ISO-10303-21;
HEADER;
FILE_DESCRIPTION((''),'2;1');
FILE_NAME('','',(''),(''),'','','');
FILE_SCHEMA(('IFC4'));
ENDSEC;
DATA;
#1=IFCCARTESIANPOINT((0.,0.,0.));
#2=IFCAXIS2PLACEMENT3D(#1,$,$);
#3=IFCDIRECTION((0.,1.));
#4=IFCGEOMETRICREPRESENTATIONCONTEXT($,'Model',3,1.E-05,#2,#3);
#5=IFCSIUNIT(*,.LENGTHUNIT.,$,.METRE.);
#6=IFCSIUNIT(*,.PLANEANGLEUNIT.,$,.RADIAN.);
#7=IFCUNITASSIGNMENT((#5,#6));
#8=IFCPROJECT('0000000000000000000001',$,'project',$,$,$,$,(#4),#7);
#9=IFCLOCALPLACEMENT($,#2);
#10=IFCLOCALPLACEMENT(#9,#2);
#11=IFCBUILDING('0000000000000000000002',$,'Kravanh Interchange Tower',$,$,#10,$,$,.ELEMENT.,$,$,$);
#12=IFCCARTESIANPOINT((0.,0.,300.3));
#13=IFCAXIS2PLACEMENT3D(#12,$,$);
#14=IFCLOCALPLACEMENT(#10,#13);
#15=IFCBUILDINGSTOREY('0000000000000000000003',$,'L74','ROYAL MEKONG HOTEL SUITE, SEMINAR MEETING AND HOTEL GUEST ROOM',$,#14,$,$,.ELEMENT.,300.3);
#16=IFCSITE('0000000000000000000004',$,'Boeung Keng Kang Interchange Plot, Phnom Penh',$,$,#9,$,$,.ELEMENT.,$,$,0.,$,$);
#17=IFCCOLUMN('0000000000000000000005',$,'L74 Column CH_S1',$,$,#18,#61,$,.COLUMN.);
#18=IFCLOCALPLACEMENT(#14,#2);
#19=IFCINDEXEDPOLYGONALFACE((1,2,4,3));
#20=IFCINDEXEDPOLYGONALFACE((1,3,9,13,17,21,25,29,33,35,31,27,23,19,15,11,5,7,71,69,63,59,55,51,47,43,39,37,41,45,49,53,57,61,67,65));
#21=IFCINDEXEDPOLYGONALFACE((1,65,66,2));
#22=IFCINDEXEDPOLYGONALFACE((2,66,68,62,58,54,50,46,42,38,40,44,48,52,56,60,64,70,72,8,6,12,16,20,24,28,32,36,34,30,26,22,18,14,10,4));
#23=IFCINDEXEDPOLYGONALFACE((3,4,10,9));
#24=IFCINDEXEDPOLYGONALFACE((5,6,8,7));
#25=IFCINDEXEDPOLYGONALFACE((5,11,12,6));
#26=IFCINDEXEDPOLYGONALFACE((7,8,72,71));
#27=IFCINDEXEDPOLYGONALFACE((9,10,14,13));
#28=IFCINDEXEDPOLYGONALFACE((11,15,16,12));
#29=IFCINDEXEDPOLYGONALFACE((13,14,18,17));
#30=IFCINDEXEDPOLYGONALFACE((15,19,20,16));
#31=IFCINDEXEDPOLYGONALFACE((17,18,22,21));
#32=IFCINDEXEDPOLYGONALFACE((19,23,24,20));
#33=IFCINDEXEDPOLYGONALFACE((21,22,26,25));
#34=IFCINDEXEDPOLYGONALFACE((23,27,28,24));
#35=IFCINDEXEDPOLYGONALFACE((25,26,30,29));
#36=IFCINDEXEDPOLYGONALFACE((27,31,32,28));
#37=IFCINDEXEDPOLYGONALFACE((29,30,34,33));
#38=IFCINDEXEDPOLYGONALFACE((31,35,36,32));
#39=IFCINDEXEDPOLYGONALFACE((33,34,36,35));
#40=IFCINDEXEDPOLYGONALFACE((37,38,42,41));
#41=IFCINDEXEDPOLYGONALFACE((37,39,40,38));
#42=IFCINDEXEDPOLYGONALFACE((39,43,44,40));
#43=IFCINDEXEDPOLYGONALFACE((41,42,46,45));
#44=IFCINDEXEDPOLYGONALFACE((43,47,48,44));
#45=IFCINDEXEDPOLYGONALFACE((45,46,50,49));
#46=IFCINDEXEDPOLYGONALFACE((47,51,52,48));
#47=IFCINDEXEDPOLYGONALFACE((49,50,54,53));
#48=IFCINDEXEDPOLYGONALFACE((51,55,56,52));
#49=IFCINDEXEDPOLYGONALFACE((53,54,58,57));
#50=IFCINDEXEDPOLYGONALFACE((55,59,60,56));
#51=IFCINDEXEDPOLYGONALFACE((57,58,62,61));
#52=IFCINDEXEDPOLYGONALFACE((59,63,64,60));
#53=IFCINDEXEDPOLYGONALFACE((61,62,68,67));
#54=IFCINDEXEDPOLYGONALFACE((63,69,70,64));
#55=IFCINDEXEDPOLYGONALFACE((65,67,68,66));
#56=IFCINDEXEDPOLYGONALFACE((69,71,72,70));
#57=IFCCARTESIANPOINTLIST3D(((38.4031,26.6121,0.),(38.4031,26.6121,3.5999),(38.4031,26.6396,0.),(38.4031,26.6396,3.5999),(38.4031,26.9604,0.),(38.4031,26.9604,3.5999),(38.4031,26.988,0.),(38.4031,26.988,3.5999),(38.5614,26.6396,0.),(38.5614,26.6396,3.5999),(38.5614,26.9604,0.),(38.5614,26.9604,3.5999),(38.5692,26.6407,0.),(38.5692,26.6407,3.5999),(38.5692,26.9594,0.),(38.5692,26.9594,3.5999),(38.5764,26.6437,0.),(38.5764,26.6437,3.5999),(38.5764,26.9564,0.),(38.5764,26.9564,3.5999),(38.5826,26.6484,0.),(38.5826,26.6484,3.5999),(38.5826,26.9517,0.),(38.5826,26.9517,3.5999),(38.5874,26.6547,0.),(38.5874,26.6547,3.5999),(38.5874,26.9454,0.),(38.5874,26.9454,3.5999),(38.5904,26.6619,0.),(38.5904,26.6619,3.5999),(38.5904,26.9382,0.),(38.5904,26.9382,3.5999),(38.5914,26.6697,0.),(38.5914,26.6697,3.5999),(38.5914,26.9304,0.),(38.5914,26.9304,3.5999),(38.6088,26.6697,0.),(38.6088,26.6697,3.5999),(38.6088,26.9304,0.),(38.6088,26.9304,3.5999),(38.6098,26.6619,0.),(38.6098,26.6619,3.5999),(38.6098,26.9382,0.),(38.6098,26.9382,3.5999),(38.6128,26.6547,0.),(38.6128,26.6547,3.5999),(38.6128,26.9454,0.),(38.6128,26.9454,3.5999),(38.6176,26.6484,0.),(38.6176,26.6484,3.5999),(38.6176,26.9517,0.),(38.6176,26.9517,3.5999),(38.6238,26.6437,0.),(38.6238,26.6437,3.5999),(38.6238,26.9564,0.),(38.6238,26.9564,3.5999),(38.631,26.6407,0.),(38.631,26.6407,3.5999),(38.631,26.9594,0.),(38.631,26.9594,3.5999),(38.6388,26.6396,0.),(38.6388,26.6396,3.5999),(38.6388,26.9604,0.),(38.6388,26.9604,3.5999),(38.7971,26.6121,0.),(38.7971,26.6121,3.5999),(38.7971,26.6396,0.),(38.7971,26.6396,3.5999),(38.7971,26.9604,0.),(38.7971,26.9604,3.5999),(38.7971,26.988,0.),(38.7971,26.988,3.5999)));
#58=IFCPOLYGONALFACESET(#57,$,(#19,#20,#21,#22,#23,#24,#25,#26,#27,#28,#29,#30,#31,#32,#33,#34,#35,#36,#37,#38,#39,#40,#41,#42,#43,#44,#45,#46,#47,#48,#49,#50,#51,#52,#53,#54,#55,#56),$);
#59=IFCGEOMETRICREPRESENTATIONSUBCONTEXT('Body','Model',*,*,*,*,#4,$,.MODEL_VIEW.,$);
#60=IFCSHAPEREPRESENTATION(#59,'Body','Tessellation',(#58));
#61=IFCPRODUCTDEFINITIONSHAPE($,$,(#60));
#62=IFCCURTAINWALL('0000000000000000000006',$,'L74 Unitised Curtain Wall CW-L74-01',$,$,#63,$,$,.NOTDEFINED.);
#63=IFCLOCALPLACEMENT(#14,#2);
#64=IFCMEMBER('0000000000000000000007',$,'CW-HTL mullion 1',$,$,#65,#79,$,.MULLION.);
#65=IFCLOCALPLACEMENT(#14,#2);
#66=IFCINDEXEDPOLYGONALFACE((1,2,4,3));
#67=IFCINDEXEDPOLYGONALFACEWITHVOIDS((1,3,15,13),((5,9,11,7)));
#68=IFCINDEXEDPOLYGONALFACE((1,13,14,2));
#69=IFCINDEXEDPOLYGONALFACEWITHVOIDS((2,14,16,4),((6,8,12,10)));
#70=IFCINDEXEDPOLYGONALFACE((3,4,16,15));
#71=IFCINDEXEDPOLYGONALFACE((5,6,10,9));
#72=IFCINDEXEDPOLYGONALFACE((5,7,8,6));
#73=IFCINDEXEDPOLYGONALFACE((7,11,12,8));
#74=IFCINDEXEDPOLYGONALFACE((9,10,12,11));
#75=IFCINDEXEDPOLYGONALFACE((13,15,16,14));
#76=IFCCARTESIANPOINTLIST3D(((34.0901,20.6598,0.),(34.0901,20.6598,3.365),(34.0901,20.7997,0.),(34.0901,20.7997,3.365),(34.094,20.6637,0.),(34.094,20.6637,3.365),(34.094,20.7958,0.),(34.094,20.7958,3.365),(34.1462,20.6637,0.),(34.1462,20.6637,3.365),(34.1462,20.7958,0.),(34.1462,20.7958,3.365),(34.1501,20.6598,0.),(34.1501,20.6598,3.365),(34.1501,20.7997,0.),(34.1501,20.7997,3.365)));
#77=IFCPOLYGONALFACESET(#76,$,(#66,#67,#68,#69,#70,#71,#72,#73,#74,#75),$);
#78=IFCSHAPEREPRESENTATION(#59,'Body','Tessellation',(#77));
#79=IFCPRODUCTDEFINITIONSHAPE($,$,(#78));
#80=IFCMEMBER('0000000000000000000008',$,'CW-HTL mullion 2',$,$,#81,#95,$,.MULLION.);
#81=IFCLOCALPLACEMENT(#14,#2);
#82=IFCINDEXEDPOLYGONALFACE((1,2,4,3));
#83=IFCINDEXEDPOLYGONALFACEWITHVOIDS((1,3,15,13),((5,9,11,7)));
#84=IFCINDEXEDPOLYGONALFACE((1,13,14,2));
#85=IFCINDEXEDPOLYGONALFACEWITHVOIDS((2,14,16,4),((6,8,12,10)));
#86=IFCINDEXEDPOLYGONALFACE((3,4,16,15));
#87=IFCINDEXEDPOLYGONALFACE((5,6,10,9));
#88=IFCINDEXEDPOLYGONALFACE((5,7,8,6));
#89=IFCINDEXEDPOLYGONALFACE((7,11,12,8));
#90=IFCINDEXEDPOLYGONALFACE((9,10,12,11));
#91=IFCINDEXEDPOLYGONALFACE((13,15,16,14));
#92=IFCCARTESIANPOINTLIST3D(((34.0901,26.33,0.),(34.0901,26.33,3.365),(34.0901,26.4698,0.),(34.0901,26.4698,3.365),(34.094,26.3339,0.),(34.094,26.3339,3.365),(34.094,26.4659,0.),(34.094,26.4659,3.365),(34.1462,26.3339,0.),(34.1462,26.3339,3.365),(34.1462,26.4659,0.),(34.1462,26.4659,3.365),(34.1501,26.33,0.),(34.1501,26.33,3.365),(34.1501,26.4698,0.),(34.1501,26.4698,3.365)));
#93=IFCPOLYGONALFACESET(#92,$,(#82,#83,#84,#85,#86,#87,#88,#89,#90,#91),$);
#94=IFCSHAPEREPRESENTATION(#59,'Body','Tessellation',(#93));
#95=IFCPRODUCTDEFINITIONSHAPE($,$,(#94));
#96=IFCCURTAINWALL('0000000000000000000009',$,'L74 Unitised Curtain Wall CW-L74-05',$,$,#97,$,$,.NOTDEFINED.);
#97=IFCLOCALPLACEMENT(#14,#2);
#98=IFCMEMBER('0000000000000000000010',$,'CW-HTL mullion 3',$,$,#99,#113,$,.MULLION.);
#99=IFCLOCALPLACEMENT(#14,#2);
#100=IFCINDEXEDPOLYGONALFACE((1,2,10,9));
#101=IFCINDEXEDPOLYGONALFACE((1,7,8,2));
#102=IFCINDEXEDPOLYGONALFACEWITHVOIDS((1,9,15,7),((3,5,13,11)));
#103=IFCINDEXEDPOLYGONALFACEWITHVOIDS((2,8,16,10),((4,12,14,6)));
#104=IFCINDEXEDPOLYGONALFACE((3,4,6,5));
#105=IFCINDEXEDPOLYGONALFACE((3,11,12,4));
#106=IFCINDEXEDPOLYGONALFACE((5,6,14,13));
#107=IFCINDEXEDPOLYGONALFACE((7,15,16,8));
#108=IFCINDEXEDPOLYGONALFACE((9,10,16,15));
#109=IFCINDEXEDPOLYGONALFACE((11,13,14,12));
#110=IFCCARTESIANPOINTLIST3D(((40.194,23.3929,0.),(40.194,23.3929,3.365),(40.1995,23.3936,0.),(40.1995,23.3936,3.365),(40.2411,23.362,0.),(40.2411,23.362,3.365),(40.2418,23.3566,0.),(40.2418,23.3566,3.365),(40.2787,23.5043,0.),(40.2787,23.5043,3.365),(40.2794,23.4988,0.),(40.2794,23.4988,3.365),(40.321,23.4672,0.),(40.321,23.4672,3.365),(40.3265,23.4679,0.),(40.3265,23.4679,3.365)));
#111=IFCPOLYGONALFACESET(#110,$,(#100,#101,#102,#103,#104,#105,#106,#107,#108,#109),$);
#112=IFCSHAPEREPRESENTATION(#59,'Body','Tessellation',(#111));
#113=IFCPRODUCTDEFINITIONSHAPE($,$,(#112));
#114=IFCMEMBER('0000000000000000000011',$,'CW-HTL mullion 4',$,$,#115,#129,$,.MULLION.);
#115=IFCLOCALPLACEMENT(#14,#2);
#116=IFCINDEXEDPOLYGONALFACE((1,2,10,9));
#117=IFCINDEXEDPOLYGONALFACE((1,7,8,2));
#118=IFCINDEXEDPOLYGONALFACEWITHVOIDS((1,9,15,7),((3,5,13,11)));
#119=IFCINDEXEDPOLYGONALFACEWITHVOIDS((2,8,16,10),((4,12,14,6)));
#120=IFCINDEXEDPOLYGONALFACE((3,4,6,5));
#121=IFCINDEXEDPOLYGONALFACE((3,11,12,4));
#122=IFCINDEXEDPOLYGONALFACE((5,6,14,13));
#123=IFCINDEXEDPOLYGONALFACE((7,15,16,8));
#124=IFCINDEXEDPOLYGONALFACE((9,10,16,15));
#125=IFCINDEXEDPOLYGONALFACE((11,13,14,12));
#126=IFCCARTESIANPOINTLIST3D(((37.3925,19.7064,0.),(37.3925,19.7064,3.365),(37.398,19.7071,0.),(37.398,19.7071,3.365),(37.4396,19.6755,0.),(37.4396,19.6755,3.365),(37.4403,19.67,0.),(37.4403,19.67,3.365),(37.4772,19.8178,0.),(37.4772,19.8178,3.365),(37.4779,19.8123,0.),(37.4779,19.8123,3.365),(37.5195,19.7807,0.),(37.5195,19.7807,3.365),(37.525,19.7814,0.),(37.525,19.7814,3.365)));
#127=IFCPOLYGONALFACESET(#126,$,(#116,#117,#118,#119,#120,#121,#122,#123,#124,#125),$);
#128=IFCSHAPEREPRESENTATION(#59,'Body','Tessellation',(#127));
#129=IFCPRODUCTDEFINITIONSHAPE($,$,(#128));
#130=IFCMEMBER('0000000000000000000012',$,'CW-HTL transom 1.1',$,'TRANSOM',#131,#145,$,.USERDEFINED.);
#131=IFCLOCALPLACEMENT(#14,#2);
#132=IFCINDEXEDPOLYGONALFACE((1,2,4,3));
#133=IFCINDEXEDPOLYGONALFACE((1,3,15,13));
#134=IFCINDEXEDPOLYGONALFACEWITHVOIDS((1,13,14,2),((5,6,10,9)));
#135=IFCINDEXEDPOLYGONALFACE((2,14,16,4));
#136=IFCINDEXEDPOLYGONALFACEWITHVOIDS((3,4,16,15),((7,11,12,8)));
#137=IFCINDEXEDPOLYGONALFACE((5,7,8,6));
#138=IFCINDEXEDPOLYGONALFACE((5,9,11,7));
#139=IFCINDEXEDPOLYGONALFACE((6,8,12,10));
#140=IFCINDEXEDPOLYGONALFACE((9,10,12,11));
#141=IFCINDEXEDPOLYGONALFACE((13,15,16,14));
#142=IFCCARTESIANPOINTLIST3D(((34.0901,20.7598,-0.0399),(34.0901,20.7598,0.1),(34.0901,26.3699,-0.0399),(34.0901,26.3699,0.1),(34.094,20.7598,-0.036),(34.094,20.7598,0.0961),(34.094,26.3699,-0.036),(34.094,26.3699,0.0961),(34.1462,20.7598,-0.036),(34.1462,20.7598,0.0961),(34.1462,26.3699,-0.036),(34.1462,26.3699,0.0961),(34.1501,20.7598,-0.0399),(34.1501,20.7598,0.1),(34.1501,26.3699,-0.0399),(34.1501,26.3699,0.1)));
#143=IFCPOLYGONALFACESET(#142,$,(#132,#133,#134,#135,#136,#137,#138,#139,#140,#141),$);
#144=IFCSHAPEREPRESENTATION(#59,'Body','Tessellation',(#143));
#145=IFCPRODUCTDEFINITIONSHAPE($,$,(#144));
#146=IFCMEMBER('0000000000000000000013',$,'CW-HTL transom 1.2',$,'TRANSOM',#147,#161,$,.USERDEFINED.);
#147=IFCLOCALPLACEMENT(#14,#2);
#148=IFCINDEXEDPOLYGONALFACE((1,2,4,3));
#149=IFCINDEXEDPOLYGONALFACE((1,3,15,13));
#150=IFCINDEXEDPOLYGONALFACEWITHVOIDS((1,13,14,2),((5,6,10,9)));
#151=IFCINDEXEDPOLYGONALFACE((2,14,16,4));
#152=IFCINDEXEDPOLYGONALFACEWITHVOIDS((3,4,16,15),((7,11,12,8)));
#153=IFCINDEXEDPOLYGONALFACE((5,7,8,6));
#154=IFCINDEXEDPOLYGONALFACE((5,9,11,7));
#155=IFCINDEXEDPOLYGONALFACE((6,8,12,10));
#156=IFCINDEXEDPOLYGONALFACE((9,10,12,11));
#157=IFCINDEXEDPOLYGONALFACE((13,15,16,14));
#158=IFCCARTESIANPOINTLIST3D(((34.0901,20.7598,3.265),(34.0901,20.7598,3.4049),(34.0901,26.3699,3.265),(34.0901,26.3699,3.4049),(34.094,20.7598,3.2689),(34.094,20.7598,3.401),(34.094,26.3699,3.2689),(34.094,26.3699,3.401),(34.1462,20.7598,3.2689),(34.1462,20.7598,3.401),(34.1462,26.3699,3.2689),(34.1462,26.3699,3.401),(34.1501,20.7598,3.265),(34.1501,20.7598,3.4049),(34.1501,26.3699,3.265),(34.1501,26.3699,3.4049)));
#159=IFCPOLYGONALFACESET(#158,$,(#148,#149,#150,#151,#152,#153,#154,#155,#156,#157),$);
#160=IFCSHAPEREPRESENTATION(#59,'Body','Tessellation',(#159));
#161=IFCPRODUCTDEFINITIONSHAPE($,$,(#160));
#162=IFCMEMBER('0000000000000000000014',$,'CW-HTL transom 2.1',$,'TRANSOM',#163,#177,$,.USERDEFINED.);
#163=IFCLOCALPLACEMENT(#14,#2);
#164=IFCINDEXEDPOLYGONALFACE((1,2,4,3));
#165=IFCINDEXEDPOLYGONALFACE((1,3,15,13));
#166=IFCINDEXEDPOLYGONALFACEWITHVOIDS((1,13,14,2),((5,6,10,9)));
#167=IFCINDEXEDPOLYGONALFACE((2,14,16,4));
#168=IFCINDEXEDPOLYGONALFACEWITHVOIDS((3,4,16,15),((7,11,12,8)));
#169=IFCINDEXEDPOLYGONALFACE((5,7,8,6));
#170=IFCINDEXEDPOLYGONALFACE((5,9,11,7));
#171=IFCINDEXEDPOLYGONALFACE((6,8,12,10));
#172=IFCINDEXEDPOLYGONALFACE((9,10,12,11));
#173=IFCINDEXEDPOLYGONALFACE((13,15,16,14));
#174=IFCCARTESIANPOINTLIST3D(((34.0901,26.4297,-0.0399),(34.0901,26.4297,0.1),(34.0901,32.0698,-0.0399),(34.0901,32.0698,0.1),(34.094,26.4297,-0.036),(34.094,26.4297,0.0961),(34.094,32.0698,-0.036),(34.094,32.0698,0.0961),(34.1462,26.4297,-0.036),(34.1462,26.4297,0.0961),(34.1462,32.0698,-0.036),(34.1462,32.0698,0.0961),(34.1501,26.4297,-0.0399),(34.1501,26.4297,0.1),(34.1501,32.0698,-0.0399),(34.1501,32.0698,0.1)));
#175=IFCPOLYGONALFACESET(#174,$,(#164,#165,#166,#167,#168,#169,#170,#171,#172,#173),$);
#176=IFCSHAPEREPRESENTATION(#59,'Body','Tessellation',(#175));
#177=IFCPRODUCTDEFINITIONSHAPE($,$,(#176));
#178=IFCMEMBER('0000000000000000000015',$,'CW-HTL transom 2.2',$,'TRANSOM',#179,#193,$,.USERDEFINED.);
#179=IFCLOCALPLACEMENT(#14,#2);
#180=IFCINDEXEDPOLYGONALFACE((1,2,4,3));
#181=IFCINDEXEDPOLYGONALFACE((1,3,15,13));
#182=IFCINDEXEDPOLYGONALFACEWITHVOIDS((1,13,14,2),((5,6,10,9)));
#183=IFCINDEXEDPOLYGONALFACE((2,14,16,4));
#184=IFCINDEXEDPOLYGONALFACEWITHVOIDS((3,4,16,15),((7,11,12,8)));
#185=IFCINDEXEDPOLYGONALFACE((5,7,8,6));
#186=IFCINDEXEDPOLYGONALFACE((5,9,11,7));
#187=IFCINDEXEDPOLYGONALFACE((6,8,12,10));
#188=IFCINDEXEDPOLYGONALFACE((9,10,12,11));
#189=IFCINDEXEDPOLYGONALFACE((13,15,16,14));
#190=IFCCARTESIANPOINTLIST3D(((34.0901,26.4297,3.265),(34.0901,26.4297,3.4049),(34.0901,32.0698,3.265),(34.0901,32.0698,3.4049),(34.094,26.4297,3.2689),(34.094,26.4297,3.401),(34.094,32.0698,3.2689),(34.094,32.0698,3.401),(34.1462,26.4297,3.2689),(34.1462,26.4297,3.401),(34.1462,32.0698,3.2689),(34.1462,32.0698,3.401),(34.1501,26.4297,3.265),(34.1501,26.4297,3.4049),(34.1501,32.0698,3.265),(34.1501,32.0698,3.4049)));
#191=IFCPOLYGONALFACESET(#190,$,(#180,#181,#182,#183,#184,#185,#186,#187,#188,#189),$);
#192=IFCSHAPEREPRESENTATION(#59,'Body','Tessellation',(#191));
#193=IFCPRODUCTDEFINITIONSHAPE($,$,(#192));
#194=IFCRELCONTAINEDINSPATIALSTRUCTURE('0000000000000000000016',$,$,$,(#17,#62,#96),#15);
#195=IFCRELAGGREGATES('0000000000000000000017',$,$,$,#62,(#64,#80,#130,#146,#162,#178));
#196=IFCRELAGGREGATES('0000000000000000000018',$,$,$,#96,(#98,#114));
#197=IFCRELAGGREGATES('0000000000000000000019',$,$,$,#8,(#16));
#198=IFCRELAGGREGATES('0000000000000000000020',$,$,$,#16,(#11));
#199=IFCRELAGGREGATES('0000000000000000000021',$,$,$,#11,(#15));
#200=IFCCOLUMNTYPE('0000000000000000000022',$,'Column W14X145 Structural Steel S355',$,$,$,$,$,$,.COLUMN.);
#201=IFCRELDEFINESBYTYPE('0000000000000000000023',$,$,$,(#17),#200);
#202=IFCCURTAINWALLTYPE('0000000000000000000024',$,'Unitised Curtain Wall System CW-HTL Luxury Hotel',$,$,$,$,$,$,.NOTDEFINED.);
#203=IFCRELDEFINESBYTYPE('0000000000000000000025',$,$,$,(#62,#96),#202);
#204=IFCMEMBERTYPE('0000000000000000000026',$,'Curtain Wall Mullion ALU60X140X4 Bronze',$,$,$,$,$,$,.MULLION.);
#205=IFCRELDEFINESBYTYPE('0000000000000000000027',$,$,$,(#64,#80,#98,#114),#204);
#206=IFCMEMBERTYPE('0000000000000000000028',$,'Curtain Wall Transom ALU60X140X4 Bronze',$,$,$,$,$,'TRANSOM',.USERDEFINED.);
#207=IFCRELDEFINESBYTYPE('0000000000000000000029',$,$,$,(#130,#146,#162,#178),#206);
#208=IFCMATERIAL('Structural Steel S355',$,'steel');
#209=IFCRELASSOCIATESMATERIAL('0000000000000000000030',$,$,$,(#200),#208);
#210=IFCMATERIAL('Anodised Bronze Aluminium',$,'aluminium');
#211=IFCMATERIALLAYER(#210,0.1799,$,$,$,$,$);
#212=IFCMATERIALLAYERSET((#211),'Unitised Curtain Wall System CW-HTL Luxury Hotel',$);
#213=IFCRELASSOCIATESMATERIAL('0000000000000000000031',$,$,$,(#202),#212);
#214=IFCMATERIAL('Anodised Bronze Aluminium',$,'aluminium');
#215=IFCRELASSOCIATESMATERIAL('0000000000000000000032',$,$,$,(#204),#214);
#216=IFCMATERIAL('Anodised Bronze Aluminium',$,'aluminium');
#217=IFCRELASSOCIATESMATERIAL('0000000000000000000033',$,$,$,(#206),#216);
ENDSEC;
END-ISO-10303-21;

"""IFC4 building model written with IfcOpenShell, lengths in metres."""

from ifc_helpers import new_model, si_unit, direction, frame, origin, origin_2d, place, context, subcontext, project, spatial, hollow_rectangle, i_section, extrude, material, layer, layer_set, material_profile, profile_set, type_object, element, aggregate, save


model = new_model("IFC4")

# Units and contexts
model_context = context("Model", 3, precision=1e-05, world=origin(), true_north=direction((0.0, 1.0)))
body_context = subcontext(model_context, "Body", "Model", "MODEL_VIEW")
ifc_project = project(units=[si_unit("LENGTHUNIT", "METRE"), si_unit("PLANEANGLEUNIT", "RADIAN")], contexts=[model_context])

# Site, building, storey
site_placement = place(None, origin())
site = spatial("IfcSite", under=ifc_project, at=site_placement, Name="Boeung Keng Kang Interchange Plot, Phnom Penh", CompositionType="ELEMENT", RefElevation=0.0)
building_placement = place(site_placement, origin())
building = spatial("IfcBuilding", under=site, at=building_placement, Name="Kravanh Interchange Tower", CompositionType="ELEMENT")
storey_placement = place(building_placement, frame((0.0, 0.0, 300.3)))
storey = spatial("IfcBuildingStorey", under=building, at=storey_placement, Name="L74", Description="ROYAL MEKONG HOTEL SUITE, SEMINAR MEETING AND HOTEL GUEST ROOM", CompositionType="ELEMENT", Elevation=300.3)

# Column
ifc_material_1 = material(Name="Structural Steel S355", Category="steel")
ifc_material_profile_1 = material_profile(ifc_material_1, i_section(OverallWidth=0.394, OverallDepth=0.376, WebThickness=0.0173, FlangeThickness=0.0276, FilletRadius=0.03, at=origin_2d()), Name="W14X145")
ifc_profile_set_1 = profile_set([ifc_material_profile_1], Name="Structural Steel S355")
column_type = type_object("IfcColumnType", Name="Column W14X145 Structural Steel S355", PredefinedType="COLUMN", material=ifc_profile_set_1)
column_placement = place(storey_placement, frame((38.6001, 26.8, 0.0), z_axis=(0.0, 0.0, 1.0), x_axis=(1.0, 0.0, 0.0)))
element("IfcColumn", 1, at=column_placement, inside=storey, type_object=column_type, Name="L74 Column CH_S1", PredefinedType="COLUMN", context=body_context, shape_type="SweptSolid", body=[
    extrude(i_section(OverallWidth=0.394, OverallDepth=0.376, WebThickness=0.0173, FlangeThickness=0.0276, FilletRadius=0.03, at=origin_2d()), origin(), (0.0, 0.0, 1.0), 3.5999),
])

# Curtain walls, members
ifc_material_2 = material(Name="Anodised Bronze Aluminium", Category="aluminium")
ifc_layer_1 = layer(ifc_material_2, 0.1799)
ifc_layer_set_1 = layer_set([ifc_layer_1], Name="Unitised Curtain Wall System CW-HTL Luxury Hotel")
curtain_wall_type = type_object("IfcCurtainWallType", Name="Unitised Curtain Wall System CW-HTL Luxury Hotel", PredefinedType="NOTDEFINED", material=ifc_layer_set_1)
curtain_wall_1_placement = place(storey_placement, origin())
curtain_wall_1 = element("IfcCurtainWall", 2, at=curtain_wall_1_placement, inside=storey, type_object=curtain_wall_type, Name="L74 Unitised Curtain Wall CW-L74-01", PredefinedType="NOTDEFINED")
ifc_material_3 = material(Name="Anodised Bronze Aluminium", Category="aluminium")
ifc_material_profile_2 = material_profile(ifc_material_3, hollow_rectangle(XDim=0.0601, YDim=0.1399, WallThickness=0.0039, at=origin_2d()), Name="ALU60X140X4")
ifc_profile_set_2 = profile_set([ifc_material_profile_2], Name="Anodised Bronze Aluminium")
member_type_1 = type_object("IfcMemberType", Name="Curtain Wall Mullion ALU60X140X4 Bronze", PredefinedType="MULLION", material=ifc_profile_set_2)
member_1_placement = place(storey_placement, frame((34.1201, 20.7297, 0.0), z_axis=(0.0, 0.0, 1.0), x_axis=(-1.0, 0.0, 0.0)))
member_1 = element("IfcMember", 3, at=member_1_placement, type_object=member_type_1, Name="CW-HTL mullion 1", PredefinedType="MULLION", context=body_context, shape_type="SweptSolid", body=[
    extrude(hollow_rectangle(XDim=0.0601, YDim=0.1399, WallThickness=0.0039, at=origin_2d()), origin(), (0.0, 0.0, 1.0), 3.365),
])
member_2_placement = place(storey_placement, frame((34.1201, 26.3999, 0.0), z_axis=(0.0, 0.0, 1.0), x_axis=(-1.0, 0.0, 0.0)))
member_2 = element("IfcMember", 4, at=member_2_placement, type_object=member_type_1, Name="CW-HTL mullion 2", PredefinedType="MULLION", context=body_context, shape_type="SweptSolid", body=[
    extrude(hollow_rectangle(XDim=0.0601, YDim=0.1399, WallThickness=0.0039, at=origin_2d()), origin(), (0.0, 0.0, 1.0), 3.365),
])
curtain_wall_2_placement = place(storey_placement, origin())
curtain_wall_2 = element("IfcCurtainWall", 5, at=curtain_wall_2_placement, inside=storey, type_object=curtain_wall_type, Name="L74 Unitised Curtain Wall CW-L74-05", PredefinedType="NOTDEFINED")
member_3_placement = place(storey_placement, frame((40.2603, 23.4304, 0.0), z_axis=(0.0, 0.0, 1.0), x_axis=(0.796162, -0.605084, 0.0)))
member_3 = element("IfcMember", 6, at=member_3_placement, type_object=member_type_1, Name="CW-HTL mullion 3", PredefinedType="MULLION", context=body_context, shape_type="SweptSolid", body=[
    extrude(hollow_rectangle(XDim=0.0601, YDim=0.1399, WallThickness=0.0039, at=origin_2d()), origin(), (0.0, 0.0, 1.0), 3.365),
])
member_4_placement = place(storey_placement, frame((37.4587, 19.7439, 0.0), z_axis=(0.0, 0.0, 1.0), x_axis=(0.796162, -0.605084, 0.0)))
member_4 = element("IfcMember", 7, at=member_4_placement, type_object=member_type_1, Name="CW-HTL mullion 4", PredefinedType="MULLION", context=body_context, shape_type="SweptSolid", body=[
    extrude(hollow_rectangle(XDim=0.0601, YDim=0.1399, WallThickness=0.0039, at=origin_2d()), origin(), (0.0, 0.0, 1.0), 3.365),
])

# Members
ifc_material_4 = material(Name="Anodised Bronze Aluminium", Category="aluminium")
ifc_material_profile_3 = material_profile(ifc_material_4, hollow_rectangle(XDim=0.0601, YDim=0.1399, WallThickness=0.0039, at=origin_2d()), Name="ALU60X140X4")
ifc_profile_set_3 = profile_set([ifc_material_profile_3], Name="Anodised Bronze Aluminium")
member_type_2 = type_object("IfcMemberType", Name="Curtain Wall Transom ALU60X140X4 Bronze", ElementType="TRANSOM", PredefinedType="USERDEFINED", material=ifc_profile_set_3)
member_5_placement = place(storey_placement, frame((34.1201, 20.7598, 0.03), z_axis=(0.0, 1.0, 0.0), x_axis=(-1.0, 0.0, 0.0)))
member_5 = element("IfcMember", 8, at=member_5_placement, type_object=member_type_2, Name="CW-HTL transom 1.1", ObjectType="TRANSOM", PredefinedType="USERDEFINED", context=body_context, shape_type="SweptSolid", body=[
    extrude(hollow_rectangle(XDim=0.0601, YDim=0.1399, WallThickness=0.0039, at=origin_2d()), origin(), (0.0, 0.0, 1.0), 5.6101),
])
member_6_placement = place(storey_placement, frame((34.1201, 20.7598, 3.335), z_axis=(0.0, 1.0, 0.0), x_axis=(-1.0, 0.0, 0.0)))
member_6 = element("IfcMember", 9, at=member_6_placement, type_object=member_type_2, Name="CW-HTL transom 1.2", ObjectType="TRANSOM", PredefinedType="USERDEFINED", context=body_context, shape_type="SweptSolid", body=[
    extrude(hollow_rectangle(XDim=0.0601, YDim=0.1399, WallThickness=0.0039, at=origin_2d()), origin(), (0.0, 0.0, 1.0), 5.6101),
])
member_7_placement = place(storey_placement, frame((34.1201, 26.4297, 0.03), z_axis=(0.0, 1.0, 0.0), x_axis=(-1.0, 0.0, 0.0)))
member_7 = element("IfcMember", 10, at=member_7_placement, type_object=member_type_2, Name="CW-HTL transom 2.1", ObjectType="TRANSOM", PredefinedType="USERDEFINED", context=body_context, shape_type="SweptSolid", body=[
    extrude(hollow_rectangle(XDim=0.0601, YDim=0.1399, WallThickness=0.0039, at=origin_2d()), origin(), (0.0, 0.0, 1.0), 5.6401),
])
member_8_placement = place(storey_placement, frame((34.1201, 26.4297, 3.335), z_axis=(0.0, 1.0, 0.0), x_axis=(-1.0, 0.0, 0.0)))
member_8 = element("IfcMember", 11, at=member_8_placement, type_object=member_type_2, Name="CW-HTL transom 2.2", ObjectType="TRANSOM", PredefinedType="USERDEFINED", context=body_context, shape_type="SweptSolid", body=[
    extrude(hollow_rectangle(XDim=0.0601, YDim=0.1399, WallThickness=0.0039, at=origin_2d()), origin(), (0.0, 0.0, 1.0), 5.6401),
])

aggregate(curtain_wall_1, [member_1, member_2, member_5, member_6, member_7, member_8])
aggregate(curtain_wall_2, [member_3, member_4])

save(model, "model.ifc")
